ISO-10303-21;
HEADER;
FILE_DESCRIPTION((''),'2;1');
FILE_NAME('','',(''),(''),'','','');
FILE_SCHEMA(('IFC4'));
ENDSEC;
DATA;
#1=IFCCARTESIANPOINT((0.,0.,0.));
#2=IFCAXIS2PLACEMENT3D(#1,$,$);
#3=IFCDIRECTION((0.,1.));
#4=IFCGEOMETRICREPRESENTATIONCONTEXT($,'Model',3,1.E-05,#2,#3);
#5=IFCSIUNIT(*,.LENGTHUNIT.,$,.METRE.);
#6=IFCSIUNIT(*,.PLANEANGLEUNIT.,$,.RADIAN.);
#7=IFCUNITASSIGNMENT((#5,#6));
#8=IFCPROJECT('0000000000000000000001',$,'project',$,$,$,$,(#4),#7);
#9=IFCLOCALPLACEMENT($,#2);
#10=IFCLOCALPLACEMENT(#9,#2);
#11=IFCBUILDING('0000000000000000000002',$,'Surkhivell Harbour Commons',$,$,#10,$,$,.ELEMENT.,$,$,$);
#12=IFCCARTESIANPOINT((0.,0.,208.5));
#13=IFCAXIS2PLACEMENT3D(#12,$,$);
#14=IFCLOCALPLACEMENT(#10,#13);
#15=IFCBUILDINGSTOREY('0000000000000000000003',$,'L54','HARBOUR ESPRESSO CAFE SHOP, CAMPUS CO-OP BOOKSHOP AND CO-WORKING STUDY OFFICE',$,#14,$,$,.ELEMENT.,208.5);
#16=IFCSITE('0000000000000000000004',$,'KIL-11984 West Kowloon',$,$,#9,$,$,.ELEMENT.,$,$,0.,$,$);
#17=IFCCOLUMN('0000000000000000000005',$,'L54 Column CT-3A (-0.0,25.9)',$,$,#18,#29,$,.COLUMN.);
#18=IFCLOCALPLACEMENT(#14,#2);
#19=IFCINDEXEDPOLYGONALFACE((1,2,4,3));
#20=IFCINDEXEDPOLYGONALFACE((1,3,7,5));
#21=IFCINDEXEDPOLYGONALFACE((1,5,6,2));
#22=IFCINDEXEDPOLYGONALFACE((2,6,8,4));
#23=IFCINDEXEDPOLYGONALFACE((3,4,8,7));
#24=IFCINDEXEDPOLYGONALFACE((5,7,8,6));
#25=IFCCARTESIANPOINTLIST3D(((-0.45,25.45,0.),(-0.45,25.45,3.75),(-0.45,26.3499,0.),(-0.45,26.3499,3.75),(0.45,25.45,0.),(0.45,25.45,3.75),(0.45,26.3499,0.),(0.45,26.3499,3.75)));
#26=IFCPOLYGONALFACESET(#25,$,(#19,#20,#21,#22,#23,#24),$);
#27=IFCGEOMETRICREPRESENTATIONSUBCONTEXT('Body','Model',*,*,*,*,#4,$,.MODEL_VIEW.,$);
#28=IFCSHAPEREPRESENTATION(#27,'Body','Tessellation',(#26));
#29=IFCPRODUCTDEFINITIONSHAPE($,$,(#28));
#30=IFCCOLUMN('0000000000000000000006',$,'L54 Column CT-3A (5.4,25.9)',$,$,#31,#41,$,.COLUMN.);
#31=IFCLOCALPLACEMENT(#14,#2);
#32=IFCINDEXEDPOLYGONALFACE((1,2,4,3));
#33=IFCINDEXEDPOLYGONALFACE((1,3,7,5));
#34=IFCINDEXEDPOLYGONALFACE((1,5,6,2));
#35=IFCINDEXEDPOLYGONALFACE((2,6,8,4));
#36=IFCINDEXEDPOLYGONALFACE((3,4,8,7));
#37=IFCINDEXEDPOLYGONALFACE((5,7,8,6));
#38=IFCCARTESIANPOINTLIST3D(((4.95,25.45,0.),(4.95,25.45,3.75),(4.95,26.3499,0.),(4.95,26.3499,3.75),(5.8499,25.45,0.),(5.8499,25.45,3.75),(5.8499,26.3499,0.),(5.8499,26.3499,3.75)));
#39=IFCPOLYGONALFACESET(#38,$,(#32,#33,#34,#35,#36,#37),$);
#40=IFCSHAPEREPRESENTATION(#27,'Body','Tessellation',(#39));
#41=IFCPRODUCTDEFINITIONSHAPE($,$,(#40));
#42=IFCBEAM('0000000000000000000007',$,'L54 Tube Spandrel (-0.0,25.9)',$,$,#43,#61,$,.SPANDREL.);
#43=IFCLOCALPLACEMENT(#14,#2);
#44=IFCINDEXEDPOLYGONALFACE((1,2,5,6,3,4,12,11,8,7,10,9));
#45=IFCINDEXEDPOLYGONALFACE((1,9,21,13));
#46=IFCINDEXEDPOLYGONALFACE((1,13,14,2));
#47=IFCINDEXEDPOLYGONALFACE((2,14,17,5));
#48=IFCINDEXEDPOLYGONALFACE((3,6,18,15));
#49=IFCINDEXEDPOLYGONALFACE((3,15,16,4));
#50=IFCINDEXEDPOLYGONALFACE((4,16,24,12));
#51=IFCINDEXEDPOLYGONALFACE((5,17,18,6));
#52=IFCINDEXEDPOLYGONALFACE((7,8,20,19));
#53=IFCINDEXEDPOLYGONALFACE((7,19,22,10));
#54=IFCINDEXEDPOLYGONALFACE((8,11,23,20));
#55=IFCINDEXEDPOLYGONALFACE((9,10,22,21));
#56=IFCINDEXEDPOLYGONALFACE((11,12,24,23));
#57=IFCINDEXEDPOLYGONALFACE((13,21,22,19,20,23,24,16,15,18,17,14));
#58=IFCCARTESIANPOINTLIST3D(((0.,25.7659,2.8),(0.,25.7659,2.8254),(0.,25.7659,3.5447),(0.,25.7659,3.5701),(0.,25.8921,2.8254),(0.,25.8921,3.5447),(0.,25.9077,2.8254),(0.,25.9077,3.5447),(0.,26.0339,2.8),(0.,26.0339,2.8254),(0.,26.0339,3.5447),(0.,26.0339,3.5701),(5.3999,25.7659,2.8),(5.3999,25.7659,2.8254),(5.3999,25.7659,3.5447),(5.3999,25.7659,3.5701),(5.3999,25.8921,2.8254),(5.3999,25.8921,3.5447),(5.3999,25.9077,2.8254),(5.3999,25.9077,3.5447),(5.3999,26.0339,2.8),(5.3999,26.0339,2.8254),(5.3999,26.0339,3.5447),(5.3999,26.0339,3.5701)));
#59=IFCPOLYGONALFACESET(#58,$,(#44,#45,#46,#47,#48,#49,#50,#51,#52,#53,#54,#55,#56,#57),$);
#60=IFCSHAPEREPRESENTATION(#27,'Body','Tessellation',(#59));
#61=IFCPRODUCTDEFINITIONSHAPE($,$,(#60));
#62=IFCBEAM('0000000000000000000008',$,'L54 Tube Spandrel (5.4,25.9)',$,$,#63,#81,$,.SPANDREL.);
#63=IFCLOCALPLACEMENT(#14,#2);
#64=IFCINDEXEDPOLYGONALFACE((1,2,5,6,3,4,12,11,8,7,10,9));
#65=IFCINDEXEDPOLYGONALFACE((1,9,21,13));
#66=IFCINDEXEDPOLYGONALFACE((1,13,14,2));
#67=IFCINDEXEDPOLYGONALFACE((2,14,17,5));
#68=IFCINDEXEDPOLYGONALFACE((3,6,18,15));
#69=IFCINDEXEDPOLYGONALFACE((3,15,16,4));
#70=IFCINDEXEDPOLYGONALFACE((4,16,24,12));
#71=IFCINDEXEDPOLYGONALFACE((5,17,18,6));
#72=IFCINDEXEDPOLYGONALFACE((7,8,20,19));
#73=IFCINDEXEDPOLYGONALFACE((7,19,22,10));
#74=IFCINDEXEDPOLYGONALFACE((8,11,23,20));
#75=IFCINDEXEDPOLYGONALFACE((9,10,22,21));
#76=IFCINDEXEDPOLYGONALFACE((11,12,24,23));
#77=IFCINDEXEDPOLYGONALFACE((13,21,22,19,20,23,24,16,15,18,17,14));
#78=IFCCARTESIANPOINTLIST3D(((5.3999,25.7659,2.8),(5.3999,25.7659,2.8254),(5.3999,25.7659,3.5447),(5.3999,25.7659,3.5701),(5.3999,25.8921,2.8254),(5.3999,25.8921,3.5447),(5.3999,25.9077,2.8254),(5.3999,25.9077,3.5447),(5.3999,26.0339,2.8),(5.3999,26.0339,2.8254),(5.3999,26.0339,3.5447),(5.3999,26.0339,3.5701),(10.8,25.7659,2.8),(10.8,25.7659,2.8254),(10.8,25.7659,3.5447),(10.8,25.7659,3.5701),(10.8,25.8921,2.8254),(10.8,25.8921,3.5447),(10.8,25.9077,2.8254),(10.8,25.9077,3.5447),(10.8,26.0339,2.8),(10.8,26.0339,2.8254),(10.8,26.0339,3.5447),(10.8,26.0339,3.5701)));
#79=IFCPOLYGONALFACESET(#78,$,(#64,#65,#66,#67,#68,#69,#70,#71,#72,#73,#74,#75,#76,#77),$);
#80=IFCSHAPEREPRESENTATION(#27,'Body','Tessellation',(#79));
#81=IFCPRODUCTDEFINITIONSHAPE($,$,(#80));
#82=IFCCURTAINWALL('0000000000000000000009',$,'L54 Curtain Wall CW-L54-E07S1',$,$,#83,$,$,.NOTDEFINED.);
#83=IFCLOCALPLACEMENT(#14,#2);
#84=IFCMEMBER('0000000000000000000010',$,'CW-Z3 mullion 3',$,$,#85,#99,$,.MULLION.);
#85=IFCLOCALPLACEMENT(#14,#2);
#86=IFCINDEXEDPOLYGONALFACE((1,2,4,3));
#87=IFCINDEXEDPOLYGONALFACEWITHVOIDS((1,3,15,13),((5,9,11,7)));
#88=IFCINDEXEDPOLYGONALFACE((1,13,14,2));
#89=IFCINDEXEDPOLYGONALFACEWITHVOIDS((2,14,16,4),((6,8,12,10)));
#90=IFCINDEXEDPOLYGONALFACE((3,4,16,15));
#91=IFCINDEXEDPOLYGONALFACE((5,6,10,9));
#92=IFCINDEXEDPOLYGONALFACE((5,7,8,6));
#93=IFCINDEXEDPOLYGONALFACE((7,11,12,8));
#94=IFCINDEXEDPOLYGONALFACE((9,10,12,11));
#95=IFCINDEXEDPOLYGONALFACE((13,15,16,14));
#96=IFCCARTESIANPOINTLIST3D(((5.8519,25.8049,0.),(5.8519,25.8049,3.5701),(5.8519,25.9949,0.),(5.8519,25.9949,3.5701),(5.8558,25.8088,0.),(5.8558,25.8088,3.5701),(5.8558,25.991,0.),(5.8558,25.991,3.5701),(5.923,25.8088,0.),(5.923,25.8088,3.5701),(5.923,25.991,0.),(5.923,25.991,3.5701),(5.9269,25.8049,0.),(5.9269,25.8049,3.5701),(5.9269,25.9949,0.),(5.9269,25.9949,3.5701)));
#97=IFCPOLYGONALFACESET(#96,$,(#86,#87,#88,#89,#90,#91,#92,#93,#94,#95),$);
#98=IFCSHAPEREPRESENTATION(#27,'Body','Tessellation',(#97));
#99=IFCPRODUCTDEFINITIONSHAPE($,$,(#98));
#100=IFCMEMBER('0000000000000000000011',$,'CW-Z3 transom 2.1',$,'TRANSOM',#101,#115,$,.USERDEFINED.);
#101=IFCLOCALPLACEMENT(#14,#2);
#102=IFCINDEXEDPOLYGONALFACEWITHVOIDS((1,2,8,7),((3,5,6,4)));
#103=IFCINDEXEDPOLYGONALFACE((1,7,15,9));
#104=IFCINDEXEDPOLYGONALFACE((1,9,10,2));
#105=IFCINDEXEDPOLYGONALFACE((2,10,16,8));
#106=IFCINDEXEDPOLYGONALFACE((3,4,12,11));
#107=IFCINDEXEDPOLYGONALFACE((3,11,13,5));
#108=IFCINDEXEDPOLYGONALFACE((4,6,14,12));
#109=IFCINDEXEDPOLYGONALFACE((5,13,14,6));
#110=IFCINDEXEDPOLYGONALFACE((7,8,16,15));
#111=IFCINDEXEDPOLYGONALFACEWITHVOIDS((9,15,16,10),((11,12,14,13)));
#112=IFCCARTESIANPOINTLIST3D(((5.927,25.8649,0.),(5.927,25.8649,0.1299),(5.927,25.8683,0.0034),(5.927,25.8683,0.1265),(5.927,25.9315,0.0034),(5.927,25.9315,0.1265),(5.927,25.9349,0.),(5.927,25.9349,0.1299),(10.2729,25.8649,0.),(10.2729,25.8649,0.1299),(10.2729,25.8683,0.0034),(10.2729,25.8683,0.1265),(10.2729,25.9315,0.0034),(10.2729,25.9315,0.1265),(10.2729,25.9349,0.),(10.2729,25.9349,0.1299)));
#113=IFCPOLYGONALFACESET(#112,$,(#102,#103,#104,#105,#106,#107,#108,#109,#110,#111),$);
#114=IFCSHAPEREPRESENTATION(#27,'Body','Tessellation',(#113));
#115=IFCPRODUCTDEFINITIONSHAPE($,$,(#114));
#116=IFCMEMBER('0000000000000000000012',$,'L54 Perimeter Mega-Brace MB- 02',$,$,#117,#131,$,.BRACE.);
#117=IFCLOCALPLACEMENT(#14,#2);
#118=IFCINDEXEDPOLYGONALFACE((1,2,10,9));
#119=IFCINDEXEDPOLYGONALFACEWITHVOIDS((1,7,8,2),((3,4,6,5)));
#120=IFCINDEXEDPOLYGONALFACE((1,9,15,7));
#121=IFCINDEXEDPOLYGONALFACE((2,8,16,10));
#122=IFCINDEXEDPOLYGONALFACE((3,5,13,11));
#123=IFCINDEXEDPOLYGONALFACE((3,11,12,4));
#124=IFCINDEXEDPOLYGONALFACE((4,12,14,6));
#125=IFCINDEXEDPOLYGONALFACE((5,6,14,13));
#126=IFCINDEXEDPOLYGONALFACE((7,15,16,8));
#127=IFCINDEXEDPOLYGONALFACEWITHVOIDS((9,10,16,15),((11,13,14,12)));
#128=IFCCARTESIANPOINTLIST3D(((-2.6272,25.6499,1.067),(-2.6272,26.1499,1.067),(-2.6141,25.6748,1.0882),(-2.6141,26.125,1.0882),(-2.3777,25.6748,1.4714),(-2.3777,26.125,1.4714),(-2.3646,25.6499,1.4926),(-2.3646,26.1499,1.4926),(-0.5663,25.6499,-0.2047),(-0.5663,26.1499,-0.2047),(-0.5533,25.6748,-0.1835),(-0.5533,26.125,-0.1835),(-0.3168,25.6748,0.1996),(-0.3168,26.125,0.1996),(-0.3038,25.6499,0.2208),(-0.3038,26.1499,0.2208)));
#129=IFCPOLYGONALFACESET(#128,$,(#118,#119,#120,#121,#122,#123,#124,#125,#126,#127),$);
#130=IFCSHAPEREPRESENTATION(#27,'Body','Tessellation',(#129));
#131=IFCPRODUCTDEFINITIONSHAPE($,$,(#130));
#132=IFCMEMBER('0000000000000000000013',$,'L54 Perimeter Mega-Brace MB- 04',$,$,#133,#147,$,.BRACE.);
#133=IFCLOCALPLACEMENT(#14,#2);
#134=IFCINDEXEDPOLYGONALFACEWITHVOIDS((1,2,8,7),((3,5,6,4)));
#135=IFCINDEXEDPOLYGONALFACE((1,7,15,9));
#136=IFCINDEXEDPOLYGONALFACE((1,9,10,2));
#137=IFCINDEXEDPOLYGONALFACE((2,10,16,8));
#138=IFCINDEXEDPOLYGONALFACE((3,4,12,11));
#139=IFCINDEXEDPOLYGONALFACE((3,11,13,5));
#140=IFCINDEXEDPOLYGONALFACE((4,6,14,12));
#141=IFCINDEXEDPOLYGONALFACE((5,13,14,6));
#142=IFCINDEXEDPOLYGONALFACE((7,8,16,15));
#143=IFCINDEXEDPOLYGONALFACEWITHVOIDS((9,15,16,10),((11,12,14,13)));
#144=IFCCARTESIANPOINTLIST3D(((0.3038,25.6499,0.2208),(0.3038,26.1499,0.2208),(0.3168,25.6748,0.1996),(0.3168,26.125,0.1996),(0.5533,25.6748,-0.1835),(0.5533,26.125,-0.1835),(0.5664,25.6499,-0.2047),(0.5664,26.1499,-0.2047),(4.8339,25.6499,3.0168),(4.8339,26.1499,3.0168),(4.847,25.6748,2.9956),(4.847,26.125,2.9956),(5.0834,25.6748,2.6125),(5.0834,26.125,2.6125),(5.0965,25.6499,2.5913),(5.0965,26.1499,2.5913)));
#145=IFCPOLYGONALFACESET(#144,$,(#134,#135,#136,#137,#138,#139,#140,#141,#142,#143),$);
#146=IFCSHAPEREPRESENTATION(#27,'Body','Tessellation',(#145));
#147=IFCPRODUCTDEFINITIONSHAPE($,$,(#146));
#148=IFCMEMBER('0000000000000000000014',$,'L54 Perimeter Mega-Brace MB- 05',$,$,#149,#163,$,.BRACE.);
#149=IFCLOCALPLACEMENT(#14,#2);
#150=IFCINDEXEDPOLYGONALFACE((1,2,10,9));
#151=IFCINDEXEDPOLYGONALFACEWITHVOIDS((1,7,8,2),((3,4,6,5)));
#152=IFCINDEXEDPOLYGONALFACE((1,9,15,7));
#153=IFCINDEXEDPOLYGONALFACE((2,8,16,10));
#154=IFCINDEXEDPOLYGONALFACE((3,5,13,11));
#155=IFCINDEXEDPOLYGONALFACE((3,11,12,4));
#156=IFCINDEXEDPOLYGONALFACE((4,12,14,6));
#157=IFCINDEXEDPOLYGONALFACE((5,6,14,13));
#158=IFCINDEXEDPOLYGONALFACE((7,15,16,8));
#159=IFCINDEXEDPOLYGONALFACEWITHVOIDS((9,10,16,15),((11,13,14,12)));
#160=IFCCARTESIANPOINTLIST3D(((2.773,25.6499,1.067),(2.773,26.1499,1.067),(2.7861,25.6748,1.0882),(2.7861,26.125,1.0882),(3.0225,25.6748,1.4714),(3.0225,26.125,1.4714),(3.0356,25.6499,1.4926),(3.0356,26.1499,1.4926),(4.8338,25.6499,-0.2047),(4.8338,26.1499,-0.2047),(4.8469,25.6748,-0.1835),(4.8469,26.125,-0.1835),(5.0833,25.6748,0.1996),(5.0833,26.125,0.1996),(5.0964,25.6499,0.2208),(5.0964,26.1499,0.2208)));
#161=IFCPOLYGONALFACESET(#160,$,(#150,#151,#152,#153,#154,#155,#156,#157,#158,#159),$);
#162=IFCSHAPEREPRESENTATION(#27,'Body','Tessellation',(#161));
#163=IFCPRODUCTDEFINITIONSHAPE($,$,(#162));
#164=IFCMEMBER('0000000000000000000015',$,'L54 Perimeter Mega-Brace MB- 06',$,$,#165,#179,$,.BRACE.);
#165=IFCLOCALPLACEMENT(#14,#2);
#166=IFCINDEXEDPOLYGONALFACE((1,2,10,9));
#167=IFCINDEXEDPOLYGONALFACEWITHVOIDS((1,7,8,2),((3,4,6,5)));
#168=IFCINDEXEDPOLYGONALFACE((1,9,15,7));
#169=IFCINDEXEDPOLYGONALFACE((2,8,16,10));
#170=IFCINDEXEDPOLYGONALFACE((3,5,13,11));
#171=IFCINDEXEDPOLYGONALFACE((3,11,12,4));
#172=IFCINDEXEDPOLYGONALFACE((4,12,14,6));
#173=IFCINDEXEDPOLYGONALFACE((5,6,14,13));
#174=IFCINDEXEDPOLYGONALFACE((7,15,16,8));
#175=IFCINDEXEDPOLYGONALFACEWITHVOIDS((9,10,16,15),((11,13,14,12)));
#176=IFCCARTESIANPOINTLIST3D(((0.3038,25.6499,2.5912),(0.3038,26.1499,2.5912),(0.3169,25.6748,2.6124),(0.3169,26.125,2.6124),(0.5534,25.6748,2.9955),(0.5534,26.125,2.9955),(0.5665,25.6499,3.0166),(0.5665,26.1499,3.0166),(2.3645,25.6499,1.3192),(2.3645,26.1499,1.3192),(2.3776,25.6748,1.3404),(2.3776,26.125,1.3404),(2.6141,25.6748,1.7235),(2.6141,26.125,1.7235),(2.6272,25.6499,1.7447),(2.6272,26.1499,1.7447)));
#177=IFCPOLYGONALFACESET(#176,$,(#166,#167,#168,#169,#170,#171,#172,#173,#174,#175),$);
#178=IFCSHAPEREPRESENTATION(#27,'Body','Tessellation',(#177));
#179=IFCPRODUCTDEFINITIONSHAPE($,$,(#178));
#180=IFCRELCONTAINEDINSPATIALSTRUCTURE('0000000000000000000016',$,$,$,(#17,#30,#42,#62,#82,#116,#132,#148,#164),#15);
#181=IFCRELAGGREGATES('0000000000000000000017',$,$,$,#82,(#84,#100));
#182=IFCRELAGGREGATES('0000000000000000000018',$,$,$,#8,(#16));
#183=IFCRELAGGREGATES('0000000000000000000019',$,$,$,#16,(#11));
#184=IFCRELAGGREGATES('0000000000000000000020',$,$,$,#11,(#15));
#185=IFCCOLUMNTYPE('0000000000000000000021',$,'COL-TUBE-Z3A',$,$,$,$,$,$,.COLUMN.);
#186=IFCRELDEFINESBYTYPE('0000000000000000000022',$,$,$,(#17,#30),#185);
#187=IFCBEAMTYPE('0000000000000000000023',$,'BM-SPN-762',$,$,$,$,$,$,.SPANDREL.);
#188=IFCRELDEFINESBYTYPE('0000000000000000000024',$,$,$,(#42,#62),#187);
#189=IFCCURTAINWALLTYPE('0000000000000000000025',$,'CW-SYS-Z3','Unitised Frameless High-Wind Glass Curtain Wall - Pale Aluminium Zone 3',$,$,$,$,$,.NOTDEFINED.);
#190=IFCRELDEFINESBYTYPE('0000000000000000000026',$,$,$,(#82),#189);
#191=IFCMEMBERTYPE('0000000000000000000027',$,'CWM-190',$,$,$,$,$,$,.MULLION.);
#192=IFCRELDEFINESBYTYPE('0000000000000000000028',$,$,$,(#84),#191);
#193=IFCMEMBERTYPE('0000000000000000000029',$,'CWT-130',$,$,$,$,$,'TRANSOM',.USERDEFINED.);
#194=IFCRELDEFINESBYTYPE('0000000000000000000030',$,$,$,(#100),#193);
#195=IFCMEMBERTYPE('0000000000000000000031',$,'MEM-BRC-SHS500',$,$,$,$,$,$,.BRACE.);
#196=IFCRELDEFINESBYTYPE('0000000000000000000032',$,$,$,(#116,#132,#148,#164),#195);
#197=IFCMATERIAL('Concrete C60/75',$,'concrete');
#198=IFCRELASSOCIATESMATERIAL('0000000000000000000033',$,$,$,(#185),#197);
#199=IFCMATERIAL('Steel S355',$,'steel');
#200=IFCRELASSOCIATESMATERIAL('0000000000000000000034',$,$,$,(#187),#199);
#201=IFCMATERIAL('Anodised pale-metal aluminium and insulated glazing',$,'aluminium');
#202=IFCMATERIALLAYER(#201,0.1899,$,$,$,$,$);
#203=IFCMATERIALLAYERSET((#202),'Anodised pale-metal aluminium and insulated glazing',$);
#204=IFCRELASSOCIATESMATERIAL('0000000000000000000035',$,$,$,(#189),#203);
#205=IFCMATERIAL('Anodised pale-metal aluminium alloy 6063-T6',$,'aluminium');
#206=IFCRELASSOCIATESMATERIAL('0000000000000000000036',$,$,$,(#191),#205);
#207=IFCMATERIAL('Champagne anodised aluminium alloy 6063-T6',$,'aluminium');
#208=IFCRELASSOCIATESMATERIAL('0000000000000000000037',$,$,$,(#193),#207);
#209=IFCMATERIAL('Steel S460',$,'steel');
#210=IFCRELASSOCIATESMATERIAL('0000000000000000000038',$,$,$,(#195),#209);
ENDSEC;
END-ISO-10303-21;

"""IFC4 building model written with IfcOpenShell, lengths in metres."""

from ifc_helpers import new_model, si_unit, direction, frame, origin, origin_2d, place, context, subcontext, project, spatial, rectangle, hollow_rectangle, i_section, extrude, material, layer, layer_set, material_profile, profile_set, type_object, element, aggregate, save


model = new_model("IFC4")

# Units and contexts
model_context = context("Model", 3, precision=1e-05, world=origin(), true_north=direction((0.0, 1.0)))
body_context = subcontext(model_context, "Body", "Model", "MODEL_VIEW")
ifc_project = project(units=[si_unit("LENGTHUNIT", "METRE"), si_unit("PLANEANGLEUNIT", "RADIAN")], contexts=[model_context])

# Site, building, storey
site_placement = place(None, origin())
site = spatial("IfcSite", under=ifc_project, at=site_placement, Name="KIL-11984 West Kowloon", CompositionType="ELEMENT", RefElevation=0.0)
building_placement = place(site_placement, origin())
building = spatial("IfcBuilding", under=site, at=building_placement, Name="Surkhivell Harbour Commons", CompositionType="ELEMENT")
storey_placement = place(building_placement, frame((0.0, 0.0, 208.5)))
storey = spatial("IfcBuildingStorey", under=building, at=storey_placement, Name="L54", Description="HARBOUR ESPRESSO CAFE SHOP, CAMPUS CO-OP BOOKSHOP AND CO-WORKING STUDY OFFICE", CompositionType="ELEMENT", Elevation=208.5)

# Columns
ifc_material_1 = material(Name="Concrete C60/75", Category="concrete")
ifc_material_profile_1 = material_profile(ifc_material_1, rectangle(XDim=0.8999, YDim=0.8999, at=origin_2d()), Name="RC-COL-900x900")
ifc_profile_set_1 = profile_set([ifc_material_profile_1], Name="Concrete C60/75")
column_type = type_object("IfcColumnType", Name="COL-TUBE-Z3A", PredefinedType="COLUMN", material=ifc_profile_set_1)
for number, where, z_axis, x_axis, name in (
    (1, (0.0, 25.8999, 0.0), (0.0, 0.0, 1.0), (1.0, 0.0, 0.0), "L54 Column CT-3A (-0.0,25.9)"),
    (2, (5.3999, 25.8999, 0.0), (0.0, 0.0, 1.0), (1.0, 0.0, 0.0), "L54 Column CT-3A (5.4,25.9)"),
):
    element("IfcColumn", number, at=place(storey_placement, frame(where, z_axis=z_axis, x_axis=x_axis)), inside=storey, type_object=column_type, Name=name, PredefinedType="COLUMN", context=body_context, shape_type="SweptSolid", body=[
        extrude(rectangle(XDim=0.8999, YDim=0.8999, at=origin_2d()), origin(), (0.0, 0.0, 1.0), 3.75),
    ])

# Beams
ifc_material_2 = material(Name="Steel S355", Category="steel")
ifc_material_profile_2 = material_profile(ifc_material_2, i_section(OverallWidth=0.2681, OverallDepth=0.77, WebThickness=0.0156, FlangeThickness=0.0254, at=origin_2d()), Name="UB762x267x197")
ifc_profile_set_2 = profile_set([ifc_material_profile_2], Name="Steel S355")
beam_type = type_object("IfcBeamType", Name="BM-SPN-762", PredefinedType="SPANDREL", material=ifc_profile_set_2)
beam_1_placement = place(storey_placement, frame((0.0, 25.8999, 3.1851), z_axis=(1.0, 0.0, 0.0), x_axis=(0.0, 1.0, 0.0)))
element("IfcBeam", 3, at=beam_1_placement, inside=storey, type_object=beam_type, Name="L54 Tube Spandrel (-0.0,25.9)", PredefinedType="SPANDREL", context=body_context, shape_type="SweptSolid", body=[
    extrude(i_section(OverallWidth=0.2681, OverallDepth=0.77, WebThickness=0.0156, FlangeThickness=0.0254, at=origin_2d()), origin(), (0.0, 0.0, 1.0), 5.3999),
])
beam_2_placement = place(storey_placement, frame((5.3999, 25.8999, 3.1851), z_axis=(1.0, 0.0, 0.0), x_axis=(0.0, 1.0, 0.0)))
element("IfcBeam", 4, at=beam_2_placement, inside=storey, type_object=beam_type, Name="L54 Tube Spandrel (5.4,25.9)", PredefinedType="SPANDREL", context=body_context, shape_type="SweptSolid", body=[
    extrude(i_section(OverallWidth=0.2681, OverallDepth=0.77, WebThickness=0.0156, FlangeThickness=0.0254, at=origin_2d()), origin(), (0.0, 0.0, 1.0), 5.4001),
])

# Curtain wall, members
ifc_material_3 = material(Name="Anodised pale-metal aluminium and insulated glazing", Category="aluminium")
ifc_layer_1 = layer(ifc_material_3, 0.1899)
ifc_layer_set_1 = layer_set([ifc_layer_1], Name="Anodised pale-metal aluminium and insulated glazing")
curtain_wall_type = type_object("IfcCurtainWallType", Name="CW-SYS-Z3", Description="Unitised Frameless High-Wind Glass Curtain Wall - Pale Aluminium Zone 3", PredefinedType="NOTDEFINED", material=ifc_layer_set_1)
curtain_wall_placement = place(storey_placement, origin())
curtain_wall = element("IfcCurtainWall", 5, at=curtain_wall_placement, inside=storey, type_object=curtain_wall_type, Name="L54 Curtain Wall CW-L54-E07S1", PredefinedType="NOTDEFINED")
ifc_material_4 = material(Name="Anodised pale-metal aluminium alloy 6063-T6", Category="aluminium")
ifc_material_profile_3 = material_profile(ifc_material_4, hollow_rectangle(XDim=0.075, YDim=0.1899, WallThickness=0.0039, at=origin_2d()), Name="ALU-MULL-75x190")
ifc_profile_set_3 = profile_set([ifc_material_profile_3], Name="Anodised pale-metal aluminium alloy 6063-T6")
member_type_1 = type_object("IfcMemberType", Name="CWM-190", PredefinedType="MULLION", material=ifc_profile_set_3)
member_1_placement = place(storey_placement, frame((5.8894, 25.8999, 0.0), z_axis=(0.0, 0.0, 1.0), x_axis=(-1.0, 0.0, 0.0)))
member_1 = element("IfcMember", 6, at=member_1_placement, type_object=member_type_1, Name="CW-Z3 mullion 3", PredefinedType="MULLION", context=body_context, shape_type="SweptSolid", body=[
    extrude(hollow_rectangle(XDim=0.075, YDim=0.1899, WallThickness=0.0039, at=origin_2d()), origin(), (0.0, 0.0, 1.0), 3.5701),
])
ifc_material_5 = material(Name="Champagne anodised aluminium alloy 6063-T6", Category="aluminium")
ifc_material_profile_4 = material_profile(ifc_material_5, hollow_rectangle(XDim=0.0701, YDim=0.1299, WallThickness=0.0034, at=origin_2d()), Name="ALU-TRAN-70x130")
ifc_profile_set_4 = profile_set([ifc_material_profile_4], Name="Champagne anodised aluminium alloy 6063-T6")
member_type_2 = type_object("IfcMemberType", Name="CWT-130", ElementType="TRANSOM", PredefinedType="USERDEFINED", material=ifc_profile_set_4)
member_2_placement = place(storey_placement, frame((10.2729, 25.8999, 0.0649), z_axis=(-1.0, 0.0, 0.0), x_axis=(0.0, -1.0, 0.0)))
member_2 = element("IfcMember", 7, at=member_2_placement, type_object=member_type_2, Name="CW-Z3 transom 2.1", ObjectType="TRANSOM", PredefinedType="USERDEFINED", context=body_context, shape_type="SweptSolid", body=[
    extrude(hollow_rectangle(XDim=0.0701, YDim=0.1299, WallThickness=0.0034, at=origin_2d()), origin(), (0.0, 0.0, 1.0), 4.3459),
])

# Members
ifc_material_6 = material(Name="Steel S460", Category="steel")
ifc_material_profile_5 = material_profile(ifc_material_6, hollow_rectangle(XDim=0.5, YDim=0.5, WallThickness=0.0249, at=origin_2d()), Name="SHS500x500x25")
ifc_profile_set_5 = profile_set([ifc_material_profile_5], Name="Steel S460")
member_type_3 = type_object("IfcMemberType", Name="MEM-BRC-SHS500", PredefinedType="BRACE", material=ifc_profile_set_5)
member_3_placement = place(storey_placement, frame((-0.4351, 25.8999, 0.0081), z_axis=(-0.851003, 0.0, 0.52516), x_axis=(0.0, -1.0, 0.0)))
element("IfcMember", 8, at=member_3_placement, inside=storey, type_object=member_type_3, Name="L54 Perimeter Mega-Brace MB- 02", PredefinedType="BRACE", context=body_context, shape_type="SweptSolid", body=[
    extrude(hollow_rectangle(XDim=0.5, YDim=0.5, WallThickness=0.0249, at=origin_2d()), origin(), (0.0, 0.0, 1.0), 2.4216),
])
member_4_placement = place(storey_placement, frame((0.4351, 25.8999, 0.0081), z_axis=(0.850971, 0.0, 0.525213), x_axis=(0.0, 1.0, 0.0)))
element("IfcMember", 9, at=member_4_placement, inside=storey, type_object=member_type_3, Name="L54 Perimeter Mega-Brace MB- 04", PredefinedType="BRACE", context=body_context, shape_type="SweptSolid", body=[
    extrude(hollow_rectangle(XDim=0.5, YDim=0.5, WallThickness=0.0249, at=origin_2d()), origin(), (0.0, 0.0, 1.0), 5.3235),
])
for number, where, z_axis, x_axis, name in (
    (10, (4.9651, 25.8999, 0.0081), (-0.851003, 0.0, 0.52516), (0.0, -1.0, 0.0), "L54 Perimeter Mega-Brace MB- 05"),
    (11, (2.4958, 25.8999, 1.532), (-0.850958, 0.0, 0.525233), (0.0, -1.0, 0.0), "L54 Perimeter Mega-Brace MB- 06"),
):
    element("IfcMember", number, at=place(storey_placement, frame(where, z_axis=z_axis, x_axis=x_axis)), inside=storey, type_object=member_type_3, Name=name, PredefinedType="BRACE", context=body_context, shape_type="SweptSolid", body=[
        extrude(hollow_rectangle(XDim=0.5, YDim=0.5, WallThickness=0.0249, at=origin_2d()), origin(), (0.0, 0.0, 1.0), 2.4216),
    ])

aggregate(curtain_wall, [member_1, member_2])

save(model, "model.ifc")
